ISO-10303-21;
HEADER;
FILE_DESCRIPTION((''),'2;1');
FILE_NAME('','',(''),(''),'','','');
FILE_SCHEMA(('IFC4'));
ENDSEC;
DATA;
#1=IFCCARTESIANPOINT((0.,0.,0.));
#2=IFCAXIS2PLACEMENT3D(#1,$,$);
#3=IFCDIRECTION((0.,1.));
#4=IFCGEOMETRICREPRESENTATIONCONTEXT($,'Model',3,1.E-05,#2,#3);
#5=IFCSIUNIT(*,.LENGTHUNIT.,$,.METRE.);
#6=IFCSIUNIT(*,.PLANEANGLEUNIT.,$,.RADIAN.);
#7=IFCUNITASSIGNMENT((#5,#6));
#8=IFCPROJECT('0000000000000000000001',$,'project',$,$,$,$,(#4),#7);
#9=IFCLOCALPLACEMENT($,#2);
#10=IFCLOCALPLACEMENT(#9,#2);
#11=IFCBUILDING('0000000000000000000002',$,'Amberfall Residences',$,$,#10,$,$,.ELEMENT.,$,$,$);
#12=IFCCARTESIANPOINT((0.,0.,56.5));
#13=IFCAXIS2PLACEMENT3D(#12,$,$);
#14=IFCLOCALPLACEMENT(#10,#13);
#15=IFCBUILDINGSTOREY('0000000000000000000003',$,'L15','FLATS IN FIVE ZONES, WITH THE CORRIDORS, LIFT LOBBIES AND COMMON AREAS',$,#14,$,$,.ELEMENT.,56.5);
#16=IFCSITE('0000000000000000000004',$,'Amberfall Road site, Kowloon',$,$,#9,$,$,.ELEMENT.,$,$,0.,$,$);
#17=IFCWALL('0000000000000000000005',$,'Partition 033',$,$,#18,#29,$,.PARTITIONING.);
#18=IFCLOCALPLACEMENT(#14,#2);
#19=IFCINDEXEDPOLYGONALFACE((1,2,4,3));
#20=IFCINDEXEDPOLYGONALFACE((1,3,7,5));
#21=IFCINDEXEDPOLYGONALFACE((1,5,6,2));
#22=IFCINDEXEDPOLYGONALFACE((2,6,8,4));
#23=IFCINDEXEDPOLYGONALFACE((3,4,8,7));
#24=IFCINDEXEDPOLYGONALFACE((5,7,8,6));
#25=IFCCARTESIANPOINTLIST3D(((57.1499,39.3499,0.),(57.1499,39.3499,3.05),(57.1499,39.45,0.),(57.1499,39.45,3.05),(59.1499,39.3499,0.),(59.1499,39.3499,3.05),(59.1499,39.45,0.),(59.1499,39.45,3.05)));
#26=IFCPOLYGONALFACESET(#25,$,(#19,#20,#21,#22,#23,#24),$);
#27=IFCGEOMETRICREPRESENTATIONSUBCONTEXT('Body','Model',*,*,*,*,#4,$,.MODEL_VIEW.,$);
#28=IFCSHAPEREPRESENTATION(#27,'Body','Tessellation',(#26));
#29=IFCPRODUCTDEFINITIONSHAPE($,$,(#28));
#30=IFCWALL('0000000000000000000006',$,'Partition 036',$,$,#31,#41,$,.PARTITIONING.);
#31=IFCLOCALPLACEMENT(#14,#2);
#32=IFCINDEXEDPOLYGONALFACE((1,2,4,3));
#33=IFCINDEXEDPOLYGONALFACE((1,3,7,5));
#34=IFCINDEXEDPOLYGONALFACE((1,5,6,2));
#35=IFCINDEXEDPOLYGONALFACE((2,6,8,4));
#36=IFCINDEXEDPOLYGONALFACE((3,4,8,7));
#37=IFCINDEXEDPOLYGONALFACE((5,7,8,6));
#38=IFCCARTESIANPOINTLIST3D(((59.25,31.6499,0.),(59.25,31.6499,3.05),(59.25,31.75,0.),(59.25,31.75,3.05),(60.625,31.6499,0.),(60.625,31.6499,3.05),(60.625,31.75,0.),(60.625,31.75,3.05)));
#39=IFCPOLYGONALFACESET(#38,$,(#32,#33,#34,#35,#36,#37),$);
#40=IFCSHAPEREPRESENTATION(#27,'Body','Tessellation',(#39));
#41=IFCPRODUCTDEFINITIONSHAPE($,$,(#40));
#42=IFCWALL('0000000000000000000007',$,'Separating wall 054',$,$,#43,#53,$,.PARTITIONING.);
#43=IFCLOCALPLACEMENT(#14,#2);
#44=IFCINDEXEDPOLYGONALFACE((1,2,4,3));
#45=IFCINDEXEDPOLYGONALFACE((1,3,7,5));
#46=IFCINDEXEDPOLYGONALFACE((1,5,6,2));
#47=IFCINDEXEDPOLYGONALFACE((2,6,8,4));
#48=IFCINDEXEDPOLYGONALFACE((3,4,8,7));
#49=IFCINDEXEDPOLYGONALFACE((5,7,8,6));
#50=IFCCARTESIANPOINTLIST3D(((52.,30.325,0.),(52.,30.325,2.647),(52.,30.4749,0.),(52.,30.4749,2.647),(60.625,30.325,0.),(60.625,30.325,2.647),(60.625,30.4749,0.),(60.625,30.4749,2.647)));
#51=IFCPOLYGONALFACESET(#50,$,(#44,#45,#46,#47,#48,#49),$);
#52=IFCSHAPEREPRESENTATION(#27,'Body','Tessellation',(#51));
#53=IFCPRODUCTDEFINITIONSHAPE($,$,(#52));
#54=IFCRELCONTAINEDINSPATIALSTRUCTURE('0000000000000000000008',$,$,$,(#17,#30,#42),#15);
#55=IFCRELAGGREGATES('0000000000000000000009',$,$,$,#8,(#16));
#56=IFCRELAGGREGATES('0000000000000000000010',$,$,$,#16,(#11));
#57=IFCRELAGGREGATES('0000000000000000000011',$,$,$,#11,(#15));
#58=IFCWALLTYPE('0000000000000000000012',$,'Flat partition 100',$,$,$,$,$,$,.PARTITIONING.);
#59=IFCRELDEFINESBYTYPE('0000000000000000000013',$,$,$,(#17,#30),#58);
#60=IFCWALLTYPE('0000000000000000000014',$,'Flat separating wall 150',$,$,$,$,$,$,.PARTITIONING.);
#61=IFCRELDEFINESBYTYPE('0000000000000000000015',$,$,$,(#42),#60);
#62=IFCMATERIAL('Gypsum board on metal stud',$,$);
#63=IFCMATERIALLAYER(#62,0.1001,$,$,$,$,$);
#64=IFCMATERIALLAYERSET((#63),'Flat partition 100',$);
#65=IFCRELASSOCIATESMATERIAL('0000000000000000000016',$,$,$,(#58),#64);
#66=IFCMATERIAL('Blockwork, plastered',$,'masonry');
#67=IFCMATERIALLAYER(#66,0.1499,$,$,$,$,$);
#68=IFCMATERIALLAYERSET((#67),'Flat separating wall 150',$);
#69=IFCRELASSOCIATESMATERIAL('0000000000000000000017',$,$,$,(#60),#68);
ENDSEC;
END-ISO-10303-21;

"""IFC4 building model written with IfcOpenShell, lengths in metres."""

from ifc_helpers import new_model, si_unit, direction, frame, frame_2d, origin, place, context, subcontext, project, spatial, rectangle, extrude, material, layer, layer_set, type_object, element, save


model = new_model("IFC4")

# Units and contexts
model_context = context("Model", 3, precision=1e-05, world=origin(), true_north=direction((0.0, 1.0)))
body_context = subcontext(model_context, "Body", "Model", "MODEL_VIEW")
ifc_project = project(units=[si_unit("LENGTHUNIT", "METRE"), si_unit("PLANEANGLEUNIT", "RADIAN")], contexts=[model_context])

# Site, building, storey
site_placement = place(None, origin())
site = spatial("IfcSite", under=ifc_project, at=site_placement, Name="Amberfall Road site, Kowloon", CompositionType="ELEMENT", RefElevation=0.0)
building_placement = place(site_placement, origin())
building = spatial("IfcBuilding", under=site, at=building_placement, Name="Amberfall Residences", CompositionType="ELEMENT")
storey_placement = place(building_placement, frame((0.0, 0.0, 56.5)))
storey = spatial("IfcBuildingStorey", under=building, at=storey_placement, Name="L15", Description="FLATS IN FIVE ZONES, WITH THE CORRIDORS, LIFT LOBBIES AND COMMON AREAS", CompositionType="ELEMENT", Elevation=56.5)

# Shared definitions
ifc_material_1 = material(Name="Gypsum board on metal stud")
ifc_layer_1 = layer(ifc_material_1, 0.1001)
ifc_layer_set_1 = layer_set([ifc_layer_1], Name="Flat partition 100")
wall_type_1 = type_object("IfcWallType", Name="Flat partition 100", PredefinedType="PARTITIONING", material=ifc_layer_set_1)

# Walls
wall_1_placement = place(storey_placement, frame((57.1499, 39.3999, 0.0), z_axis=(0.0, 0.0, 1.0), x_axis=(1.0, 0.0, 0.0)))
element("IfcWall", 1, at=wall_1_placement, inside=storey, type_object=wall_type_1, Name="Partition 033", PredefinedType="PARTITIONING", context=body_context, shape_type="SweptSolid", body=[
    extrude(rectangle(XDim=2.0, YDim=0.1001, at=frame_2d((1.0, 0.0))), origin(), (0.0, 0.0, 1.0), 3.05),
])
wall_2_placement = place(storey_placement, frame((59.25, 31.7, 0.0), z_axis=(0.0, 0.0, 1.0), x_axis=(1.0, 0.0, 0.0)))
element("IfcWall", 2, at=wall_2_placement, inside=storey, type_object=wall_type_1, Name="Partition 036", PredefinedType="PARTITIONING", context=body_context, shape_type="SweptSolid", body=[
    extrude(rectangle(XDim=1.375, YDim=0.1001, at=frame_2d((0.6875, 0.0))), origin(), (0.0, 0.0, 1.0), 3.05),
])
ifc_material_2 = material(Name="Blockwork, plastered", Category="masonry")
ifc_layer_2 = layer(ifc_material_2, 0.1499)
ifc_layer_set_2 = layer_set([ifc_layer_2], Name="Flat separating wall 150")
wall_type_2 = type_object("IfcWallType", Name="Flat separating wall 150", PredefinedType="PARTITIONING", material=ifc_layer_set_2)
wall_3_placement = place(storey_placement, frame((52.0, 30.3999, 0.0), z_axis=(0.0, 0.0, 1.0), x_axis=(1.0, 0.0, 0.0)))
element("IfcWall", 3, at=wall_3_placement, inside=storey, type_object=wall_type_2, Name="Separating wall 054", PredefinedType="PARTITIONING", context=body_context, shape_type="SweptSolid", body=[
    extrude(rectangle(XDim=8.625, YDim=0.1499, at=frame_2d((4.3125, 0.0))), origin(), (0.0, 0.0, 1.0), 2.647),
])

save(model, "model.ifc")
